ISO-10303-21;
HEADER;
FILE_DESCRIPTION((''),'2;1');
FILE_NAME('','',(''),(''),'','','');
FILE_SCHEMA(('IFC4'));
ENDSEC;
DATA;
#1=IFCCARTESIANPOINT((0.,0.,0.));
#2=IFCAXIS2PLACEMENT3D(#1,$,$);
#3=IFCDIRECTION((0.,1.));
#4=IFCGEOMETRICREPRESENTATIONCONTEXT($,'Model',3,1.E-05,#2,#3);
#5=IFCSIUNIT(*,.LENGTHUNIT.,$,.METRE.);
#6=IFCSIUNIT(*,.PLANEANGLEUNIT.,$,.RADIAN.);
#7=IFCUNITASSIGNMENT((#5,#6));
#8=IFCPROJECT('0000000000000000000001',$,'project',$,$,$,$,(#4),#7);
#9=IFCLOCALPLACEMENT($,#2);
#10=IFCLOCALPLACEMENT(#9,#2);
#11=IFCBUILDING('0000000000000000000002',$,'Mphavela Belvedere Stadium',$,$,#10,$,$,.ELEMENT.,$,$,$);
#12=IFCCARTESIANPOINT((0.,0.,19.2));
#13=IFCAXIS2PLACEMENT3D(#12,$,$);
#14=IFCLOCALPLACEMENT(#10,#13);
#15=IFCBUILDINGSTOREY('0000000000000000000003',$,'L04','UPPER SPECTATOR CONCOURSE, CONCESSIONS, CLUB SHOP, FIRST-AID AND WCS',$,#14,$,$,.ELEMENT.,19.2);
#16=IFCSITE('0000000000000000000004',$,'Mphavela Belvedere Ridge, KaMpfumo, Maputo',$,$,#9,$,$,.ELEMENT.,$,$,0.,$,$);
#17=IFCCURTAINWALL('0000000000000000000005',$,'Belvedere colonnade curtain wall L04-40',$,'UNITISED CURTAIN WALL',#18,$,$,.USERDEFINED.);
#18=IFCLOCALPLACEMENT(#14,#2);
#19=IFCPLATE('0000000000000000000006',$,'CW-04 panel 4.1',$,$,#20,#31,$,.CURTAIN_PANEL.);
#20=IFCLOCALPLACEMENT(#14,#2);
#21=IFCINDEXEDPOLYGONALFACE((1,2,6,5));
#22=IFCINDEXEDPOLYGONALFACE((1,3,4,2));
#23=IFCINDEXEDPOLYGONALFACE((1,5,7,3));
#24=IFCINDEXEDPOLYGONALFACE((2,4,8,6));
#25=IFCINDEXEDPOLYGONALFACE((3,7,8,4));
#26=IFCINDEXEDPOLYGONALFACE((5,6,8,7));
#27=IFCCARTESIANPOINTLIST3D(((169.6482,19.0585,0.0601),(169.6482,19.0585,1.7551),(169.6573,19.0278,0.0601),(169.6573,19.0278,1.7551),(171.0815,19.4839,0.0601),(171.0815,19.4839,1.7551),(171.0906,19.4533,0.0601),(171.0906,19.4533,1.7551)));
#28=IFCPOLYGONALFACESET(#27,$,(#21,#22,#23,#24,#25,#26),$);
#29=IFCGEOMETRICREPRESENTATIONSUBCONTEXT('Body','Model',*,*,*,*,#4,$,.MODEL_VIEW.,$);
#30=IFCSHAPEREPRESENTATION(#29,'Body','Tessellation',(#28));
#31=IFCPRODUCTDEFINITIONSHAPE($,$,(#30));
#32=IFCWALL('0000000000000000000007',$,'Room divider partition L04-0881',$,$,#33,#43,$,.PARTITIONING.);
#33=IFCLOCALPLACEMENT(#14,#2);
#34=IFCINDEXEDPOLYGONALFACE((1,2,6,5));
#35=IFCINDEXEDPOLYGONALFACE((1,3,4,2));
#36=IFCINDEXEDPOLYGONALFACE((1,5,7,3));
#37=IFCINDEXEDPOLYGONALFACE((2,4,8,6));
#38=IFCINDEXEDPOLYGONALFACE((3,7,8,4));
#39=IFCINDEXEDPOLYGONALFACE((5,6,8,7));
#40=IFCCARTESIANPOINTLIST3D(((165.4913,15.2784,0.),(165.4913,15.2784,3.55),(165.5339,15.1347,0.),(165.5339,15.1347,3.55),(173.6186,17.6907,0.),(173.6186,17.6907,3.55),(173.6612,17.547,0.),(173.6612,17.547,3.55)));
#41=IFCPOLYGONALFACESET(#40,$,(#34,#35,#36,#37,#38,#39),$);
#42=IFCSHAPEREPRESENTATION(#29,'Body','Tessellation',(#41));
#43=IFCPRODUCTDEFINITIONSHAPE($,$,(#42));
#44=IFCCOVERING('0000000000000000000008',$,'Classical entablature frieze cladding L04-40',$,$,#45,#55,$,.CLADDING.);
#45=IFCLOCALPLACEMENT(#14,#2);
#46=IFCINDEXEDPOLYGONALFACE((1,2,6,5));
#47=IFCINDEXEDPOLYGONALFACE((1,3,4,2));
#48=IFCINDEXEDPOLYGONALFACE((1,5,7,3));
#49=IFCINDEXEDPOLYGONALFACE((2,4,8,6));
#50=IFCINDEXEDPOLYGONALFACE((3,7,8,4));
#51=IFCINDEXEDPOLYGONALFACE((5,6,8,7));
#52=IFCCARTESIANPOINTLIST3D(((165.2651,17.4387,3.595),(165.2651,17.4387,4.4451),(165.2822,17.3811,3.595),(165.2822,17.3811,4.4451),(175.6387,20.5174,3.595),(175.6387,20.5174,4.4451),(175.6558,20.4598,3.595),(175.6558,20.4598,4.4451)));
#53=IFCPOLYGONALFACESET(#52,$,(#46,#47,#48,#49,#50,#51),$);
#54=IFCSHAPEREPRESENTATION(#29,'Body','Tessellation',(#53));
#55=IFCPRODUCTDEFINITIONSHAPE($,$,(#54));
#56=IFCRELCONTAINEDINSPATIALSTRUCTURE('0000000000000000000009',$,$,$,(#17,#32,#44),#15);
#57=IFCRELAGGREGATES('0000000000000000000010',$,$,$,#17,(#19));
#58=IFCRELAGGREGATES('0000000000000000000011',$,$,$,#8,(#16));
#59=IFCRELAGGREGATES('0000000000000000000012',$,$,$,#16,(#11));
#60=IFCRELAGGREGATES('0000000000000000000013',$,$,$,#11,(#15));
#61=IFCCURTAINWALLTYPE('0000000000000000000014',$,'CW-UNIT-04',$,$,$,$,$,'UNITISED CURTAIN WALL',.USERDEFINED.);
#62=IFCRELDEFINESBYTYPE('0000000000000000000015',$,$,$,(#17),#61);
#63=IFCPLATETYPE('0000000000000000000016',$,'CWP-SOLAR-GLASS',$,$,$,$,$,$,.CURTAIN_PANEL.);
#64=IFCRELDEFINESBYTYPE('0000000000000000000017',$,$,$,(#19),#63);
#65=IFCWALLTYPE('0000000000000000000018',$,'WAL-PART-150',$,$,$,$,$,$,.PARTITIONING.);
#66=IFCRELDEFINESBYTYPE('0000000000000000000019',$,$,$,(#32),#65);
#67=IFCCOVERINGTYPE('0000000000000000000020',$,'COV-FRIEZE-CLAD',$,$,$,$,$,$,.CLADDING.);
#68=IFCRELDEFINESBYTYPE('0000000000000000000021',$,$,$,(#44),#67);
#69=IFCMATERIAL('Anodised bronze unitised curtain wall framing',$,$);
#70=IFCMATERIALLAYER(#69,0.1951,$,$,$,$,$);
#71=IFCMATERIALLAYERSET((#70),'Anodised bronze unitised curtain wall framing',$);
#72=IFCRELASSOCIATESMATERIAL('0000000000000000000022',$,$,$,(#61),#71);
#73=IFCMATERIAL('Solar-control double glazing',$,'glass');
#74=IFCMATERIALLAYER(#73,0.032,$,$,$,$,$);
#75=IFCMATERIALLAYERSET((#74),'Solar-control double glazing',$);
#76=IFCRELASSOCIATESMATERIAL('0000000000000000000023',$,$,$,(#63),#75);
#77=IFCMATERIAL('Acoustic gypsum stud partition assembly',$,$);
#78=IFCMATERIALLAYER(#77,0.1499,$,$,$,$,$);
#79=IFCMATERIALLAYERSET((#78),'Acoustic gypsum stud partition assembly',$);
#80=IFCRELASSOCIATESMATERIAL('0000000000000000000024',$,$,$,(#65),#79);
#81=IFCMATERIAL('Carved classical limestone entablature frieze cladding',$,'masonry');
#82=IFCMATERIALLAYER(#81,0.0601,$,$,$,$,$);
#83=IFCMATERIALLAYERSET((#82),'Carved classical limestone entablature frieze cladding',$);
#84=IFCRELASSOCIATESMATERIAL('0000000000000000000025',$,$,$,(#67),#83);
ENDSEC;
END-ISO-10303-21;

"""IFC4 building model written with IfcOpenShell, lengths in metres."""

from ifc_helpers import new_model, si_unit, direction, frame, frame_2d, origin, origin_2d, place, context, subcontext, project, spatial, rectangle, extrude, material, layer, layer_set, type_object, element, aggregate, save


model = new_model("IFC4")

# Units and contexts
model_context = context("Model", 3, precision=1e-05, world=origin(), true_north=direction((0.0, 1.0)))
body_context = subcontext(model_context, "Body", "Model", "MODEL_VIEW")
ifc_project = project(units=[si_unit("LENGTHUNIT", "METRE"), si_unit("PLANEANGLEUNIT", "RADIAN")], contexts=[model_context])

# Site, building, storey
site_placement = place(None, origin())
site = spatial("IfcSite", under=ifc_project, at=site_placement, Name="Mphavela Belvedere Ridge, KaMpfumo, Maputo", CompositionType="ELEMENT", RefElevation=0.0)
building_placement = place(site_placement, origin())
building = spatial("IfcBuilding", under=site, at=building_placement, Name="Mphavela Belvedere Stadium", CompositionType="ELEMENT")
storey_placement = place(building_placement, frame((0.0, 0.0, 19.2)))
storey = spatial("IfcBuildingStorey", under=building, at=storey_placement, Name="L04", Description="UPPER SPECTATOR CONCOURSE, CONCESSIONS, CLUB SHOP, FIRST-AID AND WCS", CompositionType="ELEMENT", Elevation=19.2)

# Curtain wall, plate
ifc_material_1 = material(Name="Anodised bronze unitised curtain wall framing")
ifc_layer_1 = layer(ifc_material_1, 0.1951)
ifc_layer_set_1 = layer_set([ifc_layer_1], Name="Anodised bronze unitised curtain wall framing")
curtain_wall_type = type_object("IfcCurtainWallType", Name="CW-UNIT-04", ElementType="UNITISED CURTAIN WALL", PredefinedType="USERDEFINED", material=ifc_layer_set_1)
curtain_wall_placement = place(storey_placement, origin())
curtain_wall = element("IfcCurtainWall", 1, at=curtain_wall_placement, inside=storey, type_object=curtain_wall_type, Name="Belvedere colonnade curtain wall L04-40", ObjectType="UNITISED CURTAIN WALL", PredefinedType="USERDEFINED")
ifc_material_2 = material(Name="Solar-control double glazing", Category="glass")
ifc_layer_2 = layer(ifc_material_2, 0.032)
ifc_layer_set_2 = layer_set([ifc_layer_2], Name="Solar-control double glazing")
plate_type = type_object("IfcPlateType", Name="CWP-SOLAR-GLASS", PredefinedType="CURTAIN_PANEL", material=ifc_layer_set_2)
plate_1_placement = place(storey_placement, frame((170.3694, 19.2559, 0.0601), z_axis=(0.0, 0.0, 1.0), x_axis=(0.958658, 0.284561, 0.0)))
plate_1 = element("IfcPlate", 2, at=plate_1_placement, type_object=plate_type, Name="CW-04 panel 4.1", PredefinedType="CURTAIN_PANEL", context=body_context, shape_type="SweptSolid", body=[
    extrude(rectangle(XDim=1.4951, YDim=0.032, at=origin_2d()), origin(), (0.0, 0.0, 1.0), 1.6951),
])
aggregate(curtain_wall, [plate_1])

# Wall
ifc_material_3 = material(Name="Acoustic gypsum stud partition assembly")
ifc_layer_3 = layer(ifc_material_3, 0.1499)
ifc_layer_set_3 = layer_set([ifc_layer_3], Name="Acoustic gypsum stud partition assembly")
wall_type = type_object("IfcWallType", Name="WAL-PART-150", PredefinedType="PARTITIONING", material=ifc_layer_set_3)
wall_placement = place(storey_placement, frame((165.5127, 15.2065, 0.0), z_axis=(0.0, 0.0, 1.0), x_axis=(0.95866, 0.284554, 0.0)))
element("IfcWall", 3, at=wall_placement, inside=storey, type_object=wall_type, Name="Room divider partition L04-0881", PredefinedType="PARTITIONING", context=body_context, shape_type="SweptSolid", body=[
    extrude(rectangle(XDim=8.4778, YDim=0.1499, at=frame_2d((4.2388, 0.0))), origin(), (0.0, 0.0, 1.0), 3.55),
])

# Covering
ifc_material_4 = material(Name="Carved classical limestone entablature frieze cladding", Category="masonry")
ifc_layer_4 = layer(ifc_material_4, 0.0601)
ifc_layer_set_4 = layer_set([ifc_layer_4], Name="Carved classical limestone entablature frieze cladding")
covering_type = type_object("IfcCoveringType", Name="COV-FRIEZE-CLAD", PredefinedType="CLADDING", material=ifc_layer_set_4)
covering_placement = place(storey_placement, frame((170.4604, 18.9492, 3.595), z_axis=(0.0, 0.0, 1.0), x_axis=(0.958671, 0.284517, 0.0)))
element("IfcCovering", 4, at=covering_placement, inside=storey, type_object=covering_type, Name="Classical entablature frieze cladding L04-40", PredefinedType="CLADDING", context=body_context, shape_type="SweptSolid", body=[
    extrude(rectangle(XDim=10.8208, YDim=0.0601, at=origin_2d()), origin(), (0.0, 0.0, 1.0), 0.8501),
])

save(model, "model.ifc")
